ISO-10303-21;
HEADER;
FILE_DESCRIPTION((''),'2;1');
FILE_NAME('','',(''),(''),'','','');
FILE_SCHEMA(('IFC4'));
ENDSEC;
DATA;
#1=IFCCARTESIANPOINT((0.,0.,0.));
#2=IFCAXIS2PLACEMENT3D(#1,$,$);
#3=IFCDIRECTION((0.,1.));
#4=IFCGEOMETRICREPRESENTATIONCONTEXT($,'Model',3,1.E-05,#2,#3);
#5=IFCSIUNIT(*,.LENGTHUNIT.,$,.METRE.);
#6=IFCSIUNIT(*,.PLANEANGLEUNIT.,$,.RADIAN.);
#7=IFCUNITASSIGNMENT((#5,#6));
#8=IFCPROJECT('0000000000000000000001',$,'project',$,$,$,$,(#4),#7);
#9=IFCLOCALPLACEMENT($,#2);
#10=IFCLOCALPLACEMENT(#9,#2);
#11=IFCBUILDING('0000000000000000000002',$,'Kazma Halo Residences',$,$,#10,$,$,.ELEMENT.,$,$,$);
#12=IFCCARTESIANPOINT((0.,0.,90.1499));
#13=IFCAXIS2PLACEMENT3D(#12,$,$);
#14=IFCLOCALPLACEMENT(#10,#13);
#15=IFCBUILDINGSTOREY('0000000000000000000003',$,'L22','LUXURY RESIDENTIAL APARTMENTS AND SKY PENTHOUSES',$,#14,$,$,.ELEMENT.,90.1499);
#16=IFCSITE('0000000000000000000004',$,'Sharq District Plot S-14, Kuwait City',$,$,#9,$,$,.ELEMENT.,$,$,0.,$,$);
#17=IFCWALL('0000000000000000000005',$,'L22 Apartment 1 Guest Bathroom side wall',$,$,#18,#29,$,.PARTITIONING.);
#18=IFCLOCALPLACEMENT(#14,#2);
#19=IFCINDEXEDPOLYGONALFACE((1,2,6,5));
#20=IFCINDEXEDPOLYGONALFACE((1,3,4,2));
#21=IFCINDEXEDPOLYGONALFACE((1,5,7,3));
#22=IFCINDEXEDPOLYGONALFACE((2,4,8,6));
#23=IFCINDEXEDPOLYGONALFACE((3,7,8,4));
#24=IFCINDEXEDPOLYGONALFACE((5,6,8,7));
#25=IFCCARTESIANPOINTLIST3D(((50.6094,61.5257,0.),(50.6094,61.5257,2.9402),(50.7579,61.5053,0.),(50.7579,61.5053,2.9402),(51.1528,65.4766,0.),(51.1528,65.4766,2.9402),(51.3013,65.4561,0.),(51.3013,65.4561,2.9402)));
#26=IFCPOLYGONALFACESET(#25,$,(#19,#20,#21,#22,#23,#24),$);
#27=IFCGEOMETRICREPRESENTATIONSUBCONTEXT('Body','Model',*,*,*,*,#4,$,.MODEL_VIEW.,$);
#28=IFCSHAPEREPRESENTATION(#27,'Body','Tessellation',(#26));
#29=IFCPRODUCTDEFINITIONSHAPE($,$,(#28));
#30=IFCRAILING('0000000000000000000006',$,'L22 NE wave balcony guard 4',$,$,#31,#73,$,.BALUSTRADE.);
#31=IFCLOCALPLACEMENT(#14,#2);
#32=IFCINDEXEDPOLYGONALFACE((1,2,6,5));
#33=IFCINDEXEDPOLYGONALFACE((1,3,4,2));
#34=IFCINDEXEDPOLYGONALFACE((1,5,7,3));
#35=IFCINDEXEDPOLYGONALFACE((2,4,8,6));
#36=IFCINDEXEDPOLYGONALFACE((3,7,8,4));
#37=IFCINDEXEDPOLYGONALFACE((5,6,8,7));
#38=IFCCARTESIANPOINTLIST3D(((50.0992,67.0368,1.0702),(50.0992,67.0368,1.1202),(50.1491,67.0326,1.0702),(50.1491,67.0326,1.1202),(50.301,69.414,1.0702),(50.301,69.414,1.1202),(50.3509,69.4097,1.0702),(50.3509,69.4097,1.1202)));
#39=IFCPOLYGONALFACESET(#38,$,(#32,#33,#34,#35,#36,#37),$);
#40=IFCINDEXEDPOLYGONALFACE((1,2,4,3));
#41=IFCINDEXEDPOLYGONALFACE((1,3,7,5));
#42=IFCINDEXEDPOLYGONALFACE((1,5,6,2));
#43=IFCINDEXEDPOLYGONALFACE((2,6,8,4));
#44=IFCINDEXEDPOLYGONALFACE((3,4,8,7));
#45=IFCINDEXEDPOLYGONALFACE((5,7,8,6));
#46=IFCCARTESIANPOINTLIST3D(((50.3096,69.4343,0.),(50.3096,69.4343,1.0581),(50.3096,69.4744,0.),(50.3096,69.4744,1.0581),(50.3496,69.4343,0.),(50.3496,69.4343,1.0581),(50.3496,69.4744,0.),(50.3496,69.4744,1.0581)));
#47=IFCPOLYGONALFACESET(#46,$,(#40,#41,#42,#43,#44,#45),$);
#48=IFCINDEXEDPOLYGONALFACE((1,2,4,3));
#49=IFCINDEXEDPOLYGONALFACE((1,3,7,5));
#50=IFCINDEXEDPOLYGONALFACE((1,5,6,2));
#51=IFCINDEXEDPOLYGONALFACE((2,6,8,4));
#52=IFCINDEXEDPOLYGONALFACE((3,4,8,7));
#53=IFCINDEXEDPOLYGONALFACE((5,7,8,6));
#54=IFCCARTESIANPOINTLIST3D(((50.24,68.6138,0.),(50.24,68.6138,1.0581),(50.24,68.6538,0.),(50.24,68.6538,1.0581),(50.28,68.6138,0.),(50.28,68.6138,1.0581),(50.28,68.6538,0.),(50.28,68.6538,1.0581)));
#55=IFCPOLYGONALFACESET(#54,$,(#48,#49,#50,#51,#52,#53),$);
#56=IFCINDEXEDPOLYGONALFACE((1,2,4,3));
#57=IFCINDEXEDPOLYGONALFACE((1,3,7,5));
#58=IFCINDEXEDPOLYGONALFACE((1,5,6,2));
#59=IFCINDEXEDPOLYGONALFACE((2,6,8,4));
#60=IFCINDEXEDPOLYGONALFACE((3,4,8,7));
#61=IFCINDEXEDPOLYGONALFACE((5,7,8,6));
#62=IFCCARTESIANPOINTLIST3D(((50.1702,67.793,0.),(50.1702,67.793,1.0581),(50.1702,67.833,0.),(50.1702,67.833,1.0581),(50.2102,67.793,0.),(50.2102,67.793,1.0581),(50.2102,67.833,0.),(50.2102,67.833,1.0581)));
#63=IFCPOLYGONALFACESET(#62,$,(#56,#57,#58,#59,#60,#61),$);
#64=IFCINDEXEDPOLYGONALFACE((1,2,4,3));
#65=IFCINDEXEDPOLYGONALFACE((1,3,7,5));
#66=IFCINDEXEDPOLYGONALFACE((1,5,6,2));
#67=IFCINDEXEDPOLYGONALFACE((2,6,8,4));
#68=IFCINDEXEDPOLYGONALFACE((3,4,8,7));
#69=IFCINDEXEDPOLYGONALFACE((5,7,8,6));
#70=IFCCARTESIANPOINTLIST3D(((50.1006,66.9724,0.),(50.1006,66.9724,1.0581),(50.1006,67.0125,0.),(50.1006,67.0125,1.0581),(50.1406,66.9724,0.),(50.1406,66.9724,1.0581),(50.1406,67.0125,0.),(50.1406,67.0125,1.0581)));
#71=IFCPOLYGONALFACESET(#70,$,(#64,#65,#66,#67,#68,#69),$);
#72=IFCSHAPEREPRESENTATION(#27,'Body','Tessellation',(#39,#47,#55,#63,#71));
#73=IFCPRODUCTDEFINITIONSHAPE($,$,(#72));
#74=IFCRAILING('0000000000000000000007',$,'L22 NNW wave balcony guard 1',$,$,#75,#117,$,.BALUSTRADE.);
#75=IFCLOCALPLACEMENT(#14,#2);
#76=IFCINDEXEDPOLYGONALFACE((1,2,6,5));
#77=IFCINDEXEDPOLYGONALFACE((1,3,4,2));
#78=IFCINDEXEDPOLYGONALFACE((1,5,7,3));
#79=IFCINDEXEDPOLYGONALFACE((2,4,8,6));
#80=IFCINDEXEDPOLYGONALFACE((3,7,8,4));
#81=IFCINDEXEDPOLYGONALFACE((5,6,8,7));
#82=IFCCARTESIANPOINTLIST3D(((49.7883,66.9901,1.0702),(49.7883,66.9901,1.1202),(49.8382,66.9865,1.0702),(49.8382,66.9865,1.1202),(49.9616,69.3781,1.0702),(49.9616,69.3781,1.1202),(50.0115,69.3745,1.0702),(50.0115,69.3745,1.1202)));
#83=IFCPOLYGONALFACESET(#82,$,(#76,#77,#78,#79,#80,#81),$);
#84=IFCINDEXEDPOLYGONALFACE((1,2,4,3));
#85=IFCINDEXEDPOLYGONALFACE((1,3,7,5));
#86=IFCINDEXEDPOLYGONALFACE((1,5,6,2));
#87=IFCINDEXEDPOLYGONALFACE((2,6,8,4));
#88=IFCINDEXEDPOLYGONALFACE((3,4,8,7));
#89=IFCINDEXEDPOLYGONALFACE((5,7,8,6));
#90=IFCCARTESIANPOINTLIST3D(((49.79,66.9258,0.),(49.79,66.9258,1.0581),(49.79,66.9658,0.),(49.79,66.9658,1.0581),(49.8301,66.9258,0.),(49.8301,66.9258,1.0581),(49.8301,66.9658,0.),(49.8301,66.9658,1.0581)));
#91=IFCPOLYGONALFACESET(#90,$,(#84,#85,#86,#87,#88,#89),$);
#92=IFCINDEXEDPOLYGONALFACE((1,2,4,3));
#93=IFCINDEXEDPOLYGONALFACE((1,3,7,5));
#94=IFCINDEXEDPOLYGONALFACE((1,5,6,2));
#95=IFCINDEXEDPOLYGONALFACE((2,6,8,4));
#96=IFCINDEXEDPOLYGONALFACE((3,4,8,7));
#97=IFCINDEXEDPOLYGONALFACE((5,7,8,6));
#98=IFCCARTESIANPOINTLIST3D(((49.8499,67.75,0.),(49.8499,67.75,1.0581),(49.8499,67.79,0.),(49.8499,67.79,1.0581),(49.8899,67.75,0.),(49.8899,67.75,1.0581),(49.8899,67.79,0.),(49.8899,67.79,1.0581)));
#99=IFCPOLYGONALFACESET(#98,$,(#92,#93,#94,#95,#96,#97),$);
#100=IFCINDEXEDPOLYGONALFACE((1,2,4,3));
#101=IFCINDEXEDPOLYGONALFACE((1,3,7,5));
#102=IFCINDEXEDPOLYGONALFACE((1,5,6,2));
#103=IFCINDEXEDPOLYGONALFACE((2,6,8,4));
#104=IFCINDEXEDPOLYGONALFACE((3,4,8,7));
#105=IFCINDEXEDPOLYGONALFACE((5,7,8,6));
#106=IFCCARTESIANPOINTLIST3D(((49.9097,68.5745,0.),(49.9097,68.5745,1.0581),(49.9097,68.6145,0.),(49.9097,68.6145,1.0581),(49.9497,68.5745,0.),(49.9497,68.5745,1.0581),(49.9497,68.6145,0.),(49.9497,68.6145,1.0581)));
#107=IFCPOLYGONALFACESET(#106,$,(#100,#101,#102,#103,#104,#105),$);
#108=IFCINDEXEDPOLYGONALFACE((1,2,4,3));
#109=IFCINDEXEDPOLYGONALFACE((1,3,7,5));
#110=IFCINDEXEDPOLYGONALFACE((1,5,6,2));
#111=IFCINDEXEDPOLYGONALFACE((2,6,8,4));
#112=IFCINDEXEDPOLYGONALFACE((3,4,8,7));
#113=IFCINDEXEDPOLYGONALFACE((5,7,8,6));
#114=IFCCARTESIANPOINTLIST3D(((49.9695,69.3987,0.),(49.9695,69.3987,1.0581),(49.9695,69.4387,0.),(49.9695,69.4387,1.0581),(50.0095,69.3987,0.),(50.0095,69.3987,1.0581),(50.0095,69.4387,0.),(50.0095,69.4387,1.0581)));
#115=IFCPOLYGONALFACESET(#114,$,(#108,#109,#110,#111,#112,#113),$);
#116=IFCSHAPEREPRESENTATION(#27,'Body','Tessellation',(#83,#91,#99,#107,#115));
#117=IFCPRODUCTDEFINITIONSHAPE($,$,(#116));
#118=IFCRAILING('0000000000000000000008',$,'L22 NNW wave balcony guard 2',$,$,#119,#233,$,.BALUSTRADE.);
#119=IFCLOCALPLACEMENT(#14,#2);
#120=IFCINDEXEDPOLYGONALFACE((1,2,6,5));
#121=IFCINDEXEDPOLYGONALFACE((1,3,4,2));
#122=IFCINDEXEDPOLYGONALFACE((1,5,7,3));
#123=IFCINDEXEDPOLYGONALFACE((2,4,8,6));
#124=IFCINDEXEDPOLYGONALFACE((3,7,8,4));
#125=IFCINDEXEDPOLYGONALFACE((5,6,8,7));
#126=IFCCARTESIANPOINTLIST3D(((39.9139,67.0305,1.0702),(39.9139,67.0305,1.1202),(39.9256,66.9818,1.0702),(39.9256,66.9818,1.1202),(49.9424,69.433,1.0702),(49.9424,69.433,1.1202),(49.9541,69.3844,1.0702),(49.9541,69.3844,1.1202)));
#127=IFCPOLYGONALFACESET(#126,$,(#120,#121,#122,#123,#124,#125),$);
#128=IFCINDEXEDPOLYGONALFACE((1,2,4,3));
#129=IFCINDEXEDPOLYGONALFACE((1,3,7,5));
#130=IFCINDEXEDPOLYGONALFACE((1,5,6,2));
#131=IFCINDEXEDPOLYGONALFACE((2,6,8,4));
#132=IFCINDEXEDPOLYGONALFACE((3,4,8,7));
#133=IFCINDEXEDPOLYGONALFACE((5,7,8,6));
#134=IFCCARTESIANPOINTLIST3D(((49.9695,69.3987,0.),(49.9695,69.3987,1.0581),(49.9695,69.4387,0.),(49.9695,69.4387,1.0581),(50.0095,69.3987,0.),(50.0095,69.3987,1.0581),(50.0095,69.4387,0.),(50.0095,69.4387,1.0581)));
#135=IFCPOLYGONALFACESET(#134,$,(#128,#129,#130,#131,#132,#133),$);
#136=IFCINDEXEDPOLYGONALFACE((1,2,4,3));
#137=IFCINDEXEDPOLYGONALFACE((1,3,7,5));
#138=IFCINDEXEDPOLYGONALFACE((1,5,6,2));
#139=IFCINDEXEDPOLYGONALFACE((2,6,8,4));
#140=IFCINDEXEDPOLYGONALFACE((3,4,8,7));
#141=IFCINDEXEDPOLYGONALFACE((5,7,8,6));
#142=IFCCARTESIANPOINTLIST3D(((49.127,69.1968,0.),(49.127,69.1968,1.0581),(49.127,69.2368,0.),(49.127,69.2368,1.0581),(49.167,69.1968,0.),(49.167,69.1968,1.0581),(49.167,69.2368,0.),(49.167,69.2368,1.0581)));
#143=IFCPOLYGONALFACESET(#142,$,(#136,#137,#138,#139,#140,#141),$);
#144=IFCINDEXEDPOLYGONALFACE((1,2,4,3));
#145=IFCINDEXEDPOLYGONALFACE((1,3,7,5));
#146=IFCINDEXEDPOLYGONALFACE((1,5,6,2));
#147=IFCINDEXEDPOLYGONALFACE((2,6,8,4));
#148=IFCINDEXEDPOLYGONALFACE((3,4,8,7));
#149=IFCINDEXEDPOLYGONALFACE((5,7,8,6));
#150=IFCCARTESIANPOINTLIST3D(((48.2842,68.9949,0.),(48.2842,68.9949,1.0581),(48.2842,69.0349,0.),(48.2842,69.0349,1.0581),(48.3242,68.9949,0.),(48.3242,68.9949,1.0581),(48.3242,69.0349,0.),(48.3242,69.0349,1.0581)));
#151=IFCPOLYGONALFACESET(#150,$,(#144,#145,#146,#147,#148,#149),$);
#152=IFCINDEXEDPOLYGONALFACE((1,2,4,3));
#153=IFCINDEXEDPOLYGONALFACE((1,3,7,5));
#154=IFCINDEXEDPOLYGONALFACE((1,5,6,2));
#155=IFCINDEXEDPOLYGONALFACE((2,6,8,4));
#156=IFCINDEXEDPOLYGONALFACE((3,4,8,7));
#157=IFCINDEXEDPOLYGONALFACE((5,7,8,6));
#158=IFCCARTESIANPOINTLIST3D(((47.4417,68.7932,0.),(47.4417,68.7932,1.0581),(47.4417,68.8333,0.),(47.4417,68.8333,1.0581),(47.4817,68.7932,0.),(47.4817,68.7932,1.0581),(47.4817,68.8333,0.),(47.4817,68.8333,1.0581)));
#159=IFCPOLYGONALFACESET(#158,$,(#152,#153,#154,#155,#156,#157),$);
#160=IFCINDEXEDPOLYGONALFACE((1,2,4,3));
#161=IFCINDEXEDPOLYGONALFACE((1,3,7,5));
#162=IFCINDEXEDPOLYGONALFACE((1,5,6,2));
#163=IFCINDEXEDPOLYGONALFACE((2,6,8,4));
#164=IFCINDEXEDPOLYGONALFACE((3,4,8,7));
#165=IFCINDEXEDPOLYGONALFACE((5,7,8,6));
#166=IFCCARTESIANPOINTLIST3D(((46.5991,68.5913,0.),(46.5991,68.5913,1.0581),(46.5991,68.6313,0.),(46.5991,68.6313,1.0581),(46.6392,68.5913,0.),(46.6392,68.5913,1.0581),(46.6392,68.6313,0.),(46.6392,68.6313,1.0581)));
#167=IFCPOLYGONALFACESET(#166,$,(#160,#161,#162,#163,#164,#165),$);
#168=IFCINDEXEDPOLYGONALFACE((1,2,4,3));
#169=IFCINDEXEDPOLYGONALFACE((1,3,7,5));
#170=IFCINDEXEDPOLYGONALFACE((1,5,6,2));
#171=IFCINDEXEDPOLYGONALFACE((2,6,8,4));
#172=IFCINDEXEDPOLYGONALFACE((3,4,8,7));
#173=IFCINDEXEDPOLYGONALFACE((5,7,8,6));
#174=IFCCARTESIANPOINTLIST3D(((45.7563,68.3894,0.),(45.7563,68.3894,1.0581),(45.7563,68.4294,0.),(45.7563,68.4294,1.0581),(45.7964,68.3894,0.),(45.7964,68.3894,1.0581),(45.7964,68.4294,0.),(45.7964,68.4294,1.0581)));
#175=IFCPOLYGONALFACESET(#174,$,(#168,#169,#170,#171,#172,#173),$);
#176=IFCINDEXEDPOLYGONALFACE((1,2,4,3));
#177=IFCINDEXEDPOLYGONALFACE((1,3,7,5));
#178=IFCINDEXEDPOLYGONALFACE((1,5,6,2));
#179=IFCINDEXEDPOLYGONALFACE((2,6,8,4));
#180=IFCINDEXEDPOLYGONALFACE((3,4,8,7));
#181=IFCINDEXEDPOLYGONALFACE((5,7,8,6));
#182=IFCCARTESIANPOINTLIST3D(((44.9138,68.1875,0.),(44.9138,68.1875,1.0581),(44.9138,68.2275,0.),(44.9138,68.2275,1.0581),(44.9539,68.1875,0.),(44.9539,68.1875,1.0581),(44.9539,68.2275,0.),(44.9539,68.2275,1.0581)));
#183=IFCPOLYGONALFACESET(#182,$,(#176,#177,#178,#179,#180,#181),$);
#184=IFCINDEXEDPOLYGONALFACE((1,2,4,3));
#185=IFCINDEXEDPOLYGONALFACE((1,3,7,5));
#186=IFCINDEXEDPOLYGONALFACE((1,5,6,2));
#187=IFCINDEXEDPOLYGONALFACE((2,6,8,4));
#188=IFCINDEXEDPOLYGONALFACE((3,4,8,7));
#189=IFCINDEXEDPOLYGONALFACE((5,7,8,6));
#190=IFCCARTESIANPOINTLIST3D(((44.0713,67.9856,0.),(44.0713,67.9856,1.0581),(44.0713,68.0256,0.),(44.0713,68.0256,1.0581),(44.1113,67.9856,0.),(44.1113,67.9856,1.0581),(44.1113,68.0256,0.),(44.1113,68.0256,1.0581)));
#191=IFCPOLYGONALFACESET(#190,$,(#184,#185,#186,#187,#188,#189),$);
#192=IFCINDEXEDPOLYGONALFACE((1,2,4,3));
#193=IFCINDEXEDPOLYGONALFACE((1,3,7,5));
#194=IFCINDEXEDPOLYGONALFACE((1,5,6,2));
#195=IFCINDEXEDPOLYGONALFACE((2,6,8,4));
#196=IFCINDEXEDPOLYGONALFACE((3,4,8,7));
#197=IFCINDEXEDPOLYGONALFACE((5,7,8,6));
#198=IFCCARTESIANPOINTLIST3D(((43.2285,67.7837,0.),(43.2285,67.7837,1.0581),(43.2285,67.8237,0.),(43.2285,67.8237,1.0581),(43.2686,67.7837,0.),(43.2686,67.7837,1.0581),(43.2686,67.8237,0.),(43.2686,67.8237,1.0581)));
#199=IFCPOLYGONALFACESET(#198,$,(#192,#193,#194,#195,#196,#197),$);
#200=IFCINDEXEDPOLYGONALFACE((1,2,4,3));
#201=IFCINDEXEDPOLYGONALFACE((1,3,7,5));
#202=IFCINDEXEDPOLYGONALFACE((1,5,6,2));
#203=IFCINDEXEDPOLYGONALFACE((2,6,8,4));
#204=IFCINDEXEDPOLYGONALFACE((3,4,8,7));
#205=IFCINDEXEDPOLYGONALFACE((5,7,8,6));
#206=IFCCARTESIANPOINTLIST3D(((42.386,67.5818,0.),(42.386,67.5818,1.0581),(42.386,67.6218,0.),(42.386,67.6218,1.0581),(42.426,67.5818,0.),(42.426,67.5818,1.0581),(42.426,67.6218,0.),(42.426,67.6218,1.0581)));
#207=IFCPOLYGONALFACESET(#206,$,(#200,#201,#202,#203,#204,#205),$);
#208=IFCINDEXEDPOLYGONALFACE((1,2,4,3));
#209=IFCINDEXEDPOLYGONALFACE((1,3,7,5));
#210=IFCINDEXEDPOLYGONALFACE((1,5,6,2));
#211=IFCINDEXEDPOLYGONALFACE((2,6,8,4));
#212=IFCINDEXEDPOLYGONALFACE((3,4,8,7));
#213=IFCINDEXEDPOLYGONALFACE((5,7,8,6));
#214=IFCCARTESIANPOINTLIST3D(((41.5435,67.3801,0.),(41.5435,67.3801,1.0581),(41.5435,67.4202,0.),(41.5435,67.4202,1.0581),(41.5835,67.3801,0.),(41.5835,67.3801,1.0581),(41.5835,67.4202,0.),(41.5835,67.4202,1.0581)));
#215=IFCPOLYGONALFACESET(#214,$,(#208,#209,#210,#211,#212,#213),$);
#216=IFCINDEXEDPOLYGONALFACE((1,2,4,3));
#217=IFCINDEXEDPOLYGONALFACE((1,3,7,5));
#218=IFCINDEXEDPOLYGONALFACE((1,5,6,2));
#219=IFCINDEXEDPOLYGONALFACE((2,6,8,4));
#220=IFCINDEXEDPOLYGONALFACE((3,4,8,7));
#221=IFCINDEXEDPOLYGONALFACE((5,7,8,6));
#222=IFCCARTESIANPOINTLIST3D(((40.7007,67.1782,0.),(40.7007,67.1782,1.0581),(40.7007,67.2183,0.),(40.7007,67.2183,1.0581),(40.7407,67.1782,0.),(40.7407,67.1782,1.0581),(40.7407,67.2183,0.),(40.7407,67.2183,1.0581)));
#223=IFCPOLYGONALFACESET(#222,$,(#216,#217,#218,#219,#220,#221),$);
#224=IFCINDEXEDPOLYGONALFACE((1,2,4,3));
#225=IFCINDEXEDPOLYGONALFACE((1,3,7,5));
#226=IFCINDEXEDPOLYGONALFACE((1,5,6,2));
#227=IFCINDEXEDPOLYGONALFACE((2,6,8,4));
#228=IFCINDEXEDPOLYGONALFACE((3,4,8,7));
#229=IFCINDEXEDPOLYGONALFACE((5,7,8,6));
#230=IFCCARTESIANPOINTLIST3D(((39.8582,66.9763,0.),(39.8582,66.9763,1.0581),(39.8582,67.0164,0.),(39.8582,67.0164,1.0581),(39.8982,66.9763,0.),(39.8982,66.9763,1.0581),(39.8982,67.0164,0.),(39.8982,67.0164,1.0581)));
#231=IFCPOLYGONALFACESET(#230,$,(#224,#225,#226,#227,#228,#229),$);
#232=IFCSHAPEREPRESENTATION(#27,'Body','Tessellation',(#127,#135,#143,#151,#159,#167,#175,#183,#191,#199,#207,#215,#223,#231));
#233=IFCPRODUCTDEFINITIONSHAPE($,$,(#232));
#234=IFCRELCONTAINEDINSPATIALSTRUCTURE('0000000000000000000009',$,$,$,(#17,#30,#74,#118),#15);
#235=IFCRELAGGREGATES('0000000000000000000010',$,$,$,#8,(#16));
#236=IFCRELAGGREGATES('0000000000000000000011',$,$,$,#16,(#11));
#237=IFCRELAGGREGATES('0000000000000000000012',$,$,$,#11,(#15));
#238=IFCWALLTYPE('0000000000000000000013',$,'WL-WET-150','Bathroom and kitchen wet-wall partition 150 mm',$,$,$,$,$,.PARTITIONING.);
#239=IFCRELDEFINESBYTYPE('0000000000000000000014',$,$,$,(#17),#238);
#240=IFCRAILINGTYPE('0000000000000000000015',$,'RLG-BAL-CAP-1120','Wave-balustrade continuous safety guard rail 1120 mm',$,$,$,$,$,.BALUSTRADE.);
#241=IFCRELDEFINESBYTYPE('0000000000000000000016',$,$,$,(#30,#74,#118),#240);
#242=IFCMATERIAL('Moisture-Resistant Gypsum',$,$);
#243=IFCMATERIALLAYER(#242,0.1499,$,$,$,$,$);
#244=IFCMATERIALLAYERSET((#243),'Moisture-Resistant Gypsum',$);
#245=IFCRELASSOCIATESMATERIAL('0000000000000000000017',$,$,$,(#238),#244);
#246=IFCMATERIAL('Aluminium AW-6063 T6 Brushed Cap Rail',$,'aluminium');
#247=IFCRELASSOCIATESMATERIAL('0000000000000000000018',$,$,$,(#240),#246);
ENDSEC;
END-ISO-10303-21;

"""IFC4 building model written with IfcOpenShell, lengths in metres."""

from ifc_helpers import new_model, si_unit, direction, frame, frame_2d, origin, origin_2d, place, context, subcontext, project, spatial, rectangle, extrude, material, layer, layer_set, type_object, element, save


model = new_model("IFC4")

# Units and contexts
model_context = context("Model", 3, precision=1e-05, world=origin(), true_north=direction((0.0, 1.0)))
body_context = subcontext(model_context, "Body", "Model", "MODEL_VIEW")
ifc_project = project(units=[si_unit("LENGTHUNIT", "METRE"), si_unit("PLANEANGLEUNIT", "RADIAN")], contexts=[model_context])

# Site, building, storey
site_placement = place(None, origin())
site = spatial("IfcSite", under=ifc_project, at=site_placement, Name="Sharq District Plot S-14, Kuwait City", CompositionType="ELEMENT", RefElevation=0.0)
building_placement = place(site_placement, origin())
building = spatial("IfcBuilding", under=site, at=building_placement, Name="Kazma Halo Residences", CompositionType="ELEMENT")
storey_placement = place(building_placement, frame((0.0, 0.0, 90.1499)))
storey = spatial("IfcBuildingStorey", under=building, at=storey_placement, Name="L22", Description="LUXURY RESIDENTIAL APARTMENTS AND SKY PENTHOUSES", CompositionType="ELEMENT", Elevation=90.1499)

# Shared definitions
ifc_material_1 = material(Name="Moisture-Resistant Gypsum")
ifc_layer_1 = layer(ifc_material_1, 0.1499)
ifc_layer_set_1 = layer_set([ifc_layer_1], Name="Moisture-Resistant Gypsum")
wall_type_1 = type_object("IfcWallType", Name="WL-WET-150", Description="Bathroom and kitchen wet-wall partition 150 mm", PredefinedType="PARTITIONING", material=ifc_layer_set_1)

# Wall
wall_1_placement = place(storey_placement, frame((50.6836, 61.5154, 0.0), z_axis=(0.0, 0.0, 1.0), x_axis=(0.136269, 0.990672, 0.0)))
element("IfcWall", 1, at=wall_1_placement, inside=storey, type_object=wall_type_1, Name="L22 Apartment 1 Guest Bathroom side wall", PredefinedType="PARTITIONING", context=body_context, shape_type="SweptSolid", body=[
    extrude(rectangle(XDim=3.988, YDim=0.1499, at=frame_2d((1.9941, 0.0))), origin(), (0.0, 0.0, 1.0), 2.9402),
])

# Railings
ifc_material_2 = material(Name="Aluminium AW-6063 T6 Brushed Cap Rail", Category="aluminium")
railing_type = type_object("IfcRailingType", Name="RLG-BAL-CAP-1120", Description="Wave-balustrade continuous safety guard rail 1120 mm", PredefinedType="BALUSTRADE", material=ifc_material_2)
railing_1_placement = place(storey_placement, frame((50.3296, 69.4543, 0.0)))
element("IfcRailing", 2, at=railing_1_placement, inside=storey, type_object=railing_type, Name="L22 NE wave balcony guard 4", PredefinedType="BALUSTRADE", context=body_context, shape_type="SweptSolid", body=[
    extrude(rectangle(XDim=0.05, YDim=0.05, at=origin_2d()), frame((-0.0037, -0.0425, 1.0952), z_axis=(-0.084583, -0.996416, 0.0), x_axis=(0.996416, -0.084583, 0.0)), (0.0, 0.0, 1.0), 2.3857),
    extrude(rectangle(XDim=0.04, YDim=0.04, at=origin_2d()), origin(), (0.0, 0.0, 1.0), 1.0581),
    extrude(rectangle(XDim=0.04, YDim=0.04, at=origin_2d()), frame((-0.0696, -0.8206, 0.0)), (0.0, 0.0, 1.0), 1.0581),
    extrude(rectangle(XDim=0.04, YDim=0.04, at=origin_2d()), frame((-0.1394, -1.6414, 0.0)), (0.0, 0.0, 1.0), 1.0581),
    extrude(rectangle(XDim=0.04, YDim=0.04, at=origin_2d()), frame((-0.209, -2.4619, 0.0)), (0.0, 0.0, 1.0), 1.0581),
])
railing_2_placement = place(storey_placement, frame((49.8101, 66.9458, 0.0)))
element("IfcRailing", 3, at=railing_2_placement, inside=storey, type_object=railing_type, Name="L22 NNW wave balcony guard 1", PredefinedType="BALUSTRADE", context=body_context, shape_type="SweptSolid", body=[
    extrude(rectangle(XDim=0.05, YDim=0.05, at=origin_2d()), frame((0.0032, 0.0425, 1.0952), z_axis=(0.072374, 0.997378, 0.0), x_axis=(-0.997378, 0.072374, 0.0)), (0.0, 0.0, 1.0), 2.3943),
    extrude(rectangle(XDim=0.04, YDim=0.04, at=origin_2d()), origin(), (0.0, 0.0, 1.0), 1.0581),
    extrude(rectangle(XDim=0.04, YDim=0.04, at=origin_2d()), frame((0.0598, 0.8242, 0.0)), (0.0, 0.0, 1.0), 1.0581),
    extrude(rectangle(XDim=0.04, YDim=0.04, at=origin_2d()), frame((0.1196, 1.6487, 0.0)), (0.0, 0.0, 1.0), 1.0581),
    extrude(rectangle(XDim=0.04, YDim=0.04, at=origin_2d()), frame((0.1794, 2.4729, 0.0)), (0.0, 0.0, 1.0), 1.0581),
])
railing_3_placement = place(storey_placement, frame((49.9895, 69.4187, 0.0)))
element("IfcRailing", 4, at=railing_3_placement, inside=storey, type_object=railing_type, Name="L22 NNW wave balcony guard 2", PredefinedType="BALUSTRADE", context=body_context, shape_type="SweptSolid", body=[
    extrude(rectangle(XDim=0.05, YDim=0.05, at=origin_2d()), frame((-0.0413, -0.01, 1.0952), z_axis=(-0.972482, -0.232977, 0.0), x_axis=(0.232977, -0.972482, 0.0)), (0.0, 0.0, 1.0), 10.3123),
    extrude(rectangle(XDim=0.04, YDim=0.04, at=origin_2d()), origin(), (0.0, 0.0, 1.0), 1.0581),
    extrude(rectangle(XDim=0.04, YDim=0.04, at=origin_2d()), frame((-0.8425, -0.2019, 0.0)), (0.0, 0.0, 1.0), 1.0581),
    extrude(rectangle(XDim=0.04, YDim=0.04, at=origin_2d()), frame((-1.6853, -0.4038, 0.0)), (0.0, 0.0, 1.0), 1.0581),
    extrude(rectangle(XDim=0.04, YDim=0.04, at=origin_2d()), frame((-2.5278, -0.6055, 0.0)), (0.0, 0.0, 1.0), 1.0581),
    extrude(rectangle(XDim=0.04, YDim=0.04, at=origin_2d()), frame((-3.3704, -0.8074, 0.0)), (0.0, 0.0, 1.0), 1.0581),
    extrude(rectangle(XDim=0.04, YDim=0.04, at=origin_2d()), frame((-4.2131, -1.0093, 0.0)), (0.0, 0.0, 1.0), 1.0581),
    extrude(rectangle(XDim=0.04, YDim=0.04, at=origin_2d()), frame((-5.0557, -1.2112, 0.0)), (0.0, 0.0, 1.0), 1.0581),
    extrude(rectangle(XDim=0.04, YDim=0.04, at=origin_2d()), frame((-5.8982, -1.4131, 0.0)), (0.0, 0.0, 1.0), 1.0581),
    extrude(rectangle(XDim=0.04, YDim=0.04, at=origin_2d()), frame((-6.741, -1.615, 0.0)), (0.0, 0.0, 1.0), 1.0581),
    extrude(rectangle(XDim=0.04, YDim=0.04, at=origin_2d()), frame((-7.5835, -1.8169, 0.0)), (0.0, 0.0, 1.0), 1.0581),
    extrude(rectangle(XDim=0.04, YDim=0.04, at=origin_2d()), frame((-8.426, -2.0186, 0.0)), (0.0, 0.0, 1.0), 1.0581),
    extrude(rectangle(XDim=0.04, YDim=0.04, at=origin_2d()), frame((-9.2688, -2.2205, 0.0)), (0.0, 0.0, 1.0), 1.0581),
    extrude(rectangle(XDim=0.04, YDim=0.04, at=origin_2d()), frame((-10.1113, -2.4224, 0.0)), (0.0, 0.0, 1.0), 1.0581),
])

save(model, "model.ifc")
